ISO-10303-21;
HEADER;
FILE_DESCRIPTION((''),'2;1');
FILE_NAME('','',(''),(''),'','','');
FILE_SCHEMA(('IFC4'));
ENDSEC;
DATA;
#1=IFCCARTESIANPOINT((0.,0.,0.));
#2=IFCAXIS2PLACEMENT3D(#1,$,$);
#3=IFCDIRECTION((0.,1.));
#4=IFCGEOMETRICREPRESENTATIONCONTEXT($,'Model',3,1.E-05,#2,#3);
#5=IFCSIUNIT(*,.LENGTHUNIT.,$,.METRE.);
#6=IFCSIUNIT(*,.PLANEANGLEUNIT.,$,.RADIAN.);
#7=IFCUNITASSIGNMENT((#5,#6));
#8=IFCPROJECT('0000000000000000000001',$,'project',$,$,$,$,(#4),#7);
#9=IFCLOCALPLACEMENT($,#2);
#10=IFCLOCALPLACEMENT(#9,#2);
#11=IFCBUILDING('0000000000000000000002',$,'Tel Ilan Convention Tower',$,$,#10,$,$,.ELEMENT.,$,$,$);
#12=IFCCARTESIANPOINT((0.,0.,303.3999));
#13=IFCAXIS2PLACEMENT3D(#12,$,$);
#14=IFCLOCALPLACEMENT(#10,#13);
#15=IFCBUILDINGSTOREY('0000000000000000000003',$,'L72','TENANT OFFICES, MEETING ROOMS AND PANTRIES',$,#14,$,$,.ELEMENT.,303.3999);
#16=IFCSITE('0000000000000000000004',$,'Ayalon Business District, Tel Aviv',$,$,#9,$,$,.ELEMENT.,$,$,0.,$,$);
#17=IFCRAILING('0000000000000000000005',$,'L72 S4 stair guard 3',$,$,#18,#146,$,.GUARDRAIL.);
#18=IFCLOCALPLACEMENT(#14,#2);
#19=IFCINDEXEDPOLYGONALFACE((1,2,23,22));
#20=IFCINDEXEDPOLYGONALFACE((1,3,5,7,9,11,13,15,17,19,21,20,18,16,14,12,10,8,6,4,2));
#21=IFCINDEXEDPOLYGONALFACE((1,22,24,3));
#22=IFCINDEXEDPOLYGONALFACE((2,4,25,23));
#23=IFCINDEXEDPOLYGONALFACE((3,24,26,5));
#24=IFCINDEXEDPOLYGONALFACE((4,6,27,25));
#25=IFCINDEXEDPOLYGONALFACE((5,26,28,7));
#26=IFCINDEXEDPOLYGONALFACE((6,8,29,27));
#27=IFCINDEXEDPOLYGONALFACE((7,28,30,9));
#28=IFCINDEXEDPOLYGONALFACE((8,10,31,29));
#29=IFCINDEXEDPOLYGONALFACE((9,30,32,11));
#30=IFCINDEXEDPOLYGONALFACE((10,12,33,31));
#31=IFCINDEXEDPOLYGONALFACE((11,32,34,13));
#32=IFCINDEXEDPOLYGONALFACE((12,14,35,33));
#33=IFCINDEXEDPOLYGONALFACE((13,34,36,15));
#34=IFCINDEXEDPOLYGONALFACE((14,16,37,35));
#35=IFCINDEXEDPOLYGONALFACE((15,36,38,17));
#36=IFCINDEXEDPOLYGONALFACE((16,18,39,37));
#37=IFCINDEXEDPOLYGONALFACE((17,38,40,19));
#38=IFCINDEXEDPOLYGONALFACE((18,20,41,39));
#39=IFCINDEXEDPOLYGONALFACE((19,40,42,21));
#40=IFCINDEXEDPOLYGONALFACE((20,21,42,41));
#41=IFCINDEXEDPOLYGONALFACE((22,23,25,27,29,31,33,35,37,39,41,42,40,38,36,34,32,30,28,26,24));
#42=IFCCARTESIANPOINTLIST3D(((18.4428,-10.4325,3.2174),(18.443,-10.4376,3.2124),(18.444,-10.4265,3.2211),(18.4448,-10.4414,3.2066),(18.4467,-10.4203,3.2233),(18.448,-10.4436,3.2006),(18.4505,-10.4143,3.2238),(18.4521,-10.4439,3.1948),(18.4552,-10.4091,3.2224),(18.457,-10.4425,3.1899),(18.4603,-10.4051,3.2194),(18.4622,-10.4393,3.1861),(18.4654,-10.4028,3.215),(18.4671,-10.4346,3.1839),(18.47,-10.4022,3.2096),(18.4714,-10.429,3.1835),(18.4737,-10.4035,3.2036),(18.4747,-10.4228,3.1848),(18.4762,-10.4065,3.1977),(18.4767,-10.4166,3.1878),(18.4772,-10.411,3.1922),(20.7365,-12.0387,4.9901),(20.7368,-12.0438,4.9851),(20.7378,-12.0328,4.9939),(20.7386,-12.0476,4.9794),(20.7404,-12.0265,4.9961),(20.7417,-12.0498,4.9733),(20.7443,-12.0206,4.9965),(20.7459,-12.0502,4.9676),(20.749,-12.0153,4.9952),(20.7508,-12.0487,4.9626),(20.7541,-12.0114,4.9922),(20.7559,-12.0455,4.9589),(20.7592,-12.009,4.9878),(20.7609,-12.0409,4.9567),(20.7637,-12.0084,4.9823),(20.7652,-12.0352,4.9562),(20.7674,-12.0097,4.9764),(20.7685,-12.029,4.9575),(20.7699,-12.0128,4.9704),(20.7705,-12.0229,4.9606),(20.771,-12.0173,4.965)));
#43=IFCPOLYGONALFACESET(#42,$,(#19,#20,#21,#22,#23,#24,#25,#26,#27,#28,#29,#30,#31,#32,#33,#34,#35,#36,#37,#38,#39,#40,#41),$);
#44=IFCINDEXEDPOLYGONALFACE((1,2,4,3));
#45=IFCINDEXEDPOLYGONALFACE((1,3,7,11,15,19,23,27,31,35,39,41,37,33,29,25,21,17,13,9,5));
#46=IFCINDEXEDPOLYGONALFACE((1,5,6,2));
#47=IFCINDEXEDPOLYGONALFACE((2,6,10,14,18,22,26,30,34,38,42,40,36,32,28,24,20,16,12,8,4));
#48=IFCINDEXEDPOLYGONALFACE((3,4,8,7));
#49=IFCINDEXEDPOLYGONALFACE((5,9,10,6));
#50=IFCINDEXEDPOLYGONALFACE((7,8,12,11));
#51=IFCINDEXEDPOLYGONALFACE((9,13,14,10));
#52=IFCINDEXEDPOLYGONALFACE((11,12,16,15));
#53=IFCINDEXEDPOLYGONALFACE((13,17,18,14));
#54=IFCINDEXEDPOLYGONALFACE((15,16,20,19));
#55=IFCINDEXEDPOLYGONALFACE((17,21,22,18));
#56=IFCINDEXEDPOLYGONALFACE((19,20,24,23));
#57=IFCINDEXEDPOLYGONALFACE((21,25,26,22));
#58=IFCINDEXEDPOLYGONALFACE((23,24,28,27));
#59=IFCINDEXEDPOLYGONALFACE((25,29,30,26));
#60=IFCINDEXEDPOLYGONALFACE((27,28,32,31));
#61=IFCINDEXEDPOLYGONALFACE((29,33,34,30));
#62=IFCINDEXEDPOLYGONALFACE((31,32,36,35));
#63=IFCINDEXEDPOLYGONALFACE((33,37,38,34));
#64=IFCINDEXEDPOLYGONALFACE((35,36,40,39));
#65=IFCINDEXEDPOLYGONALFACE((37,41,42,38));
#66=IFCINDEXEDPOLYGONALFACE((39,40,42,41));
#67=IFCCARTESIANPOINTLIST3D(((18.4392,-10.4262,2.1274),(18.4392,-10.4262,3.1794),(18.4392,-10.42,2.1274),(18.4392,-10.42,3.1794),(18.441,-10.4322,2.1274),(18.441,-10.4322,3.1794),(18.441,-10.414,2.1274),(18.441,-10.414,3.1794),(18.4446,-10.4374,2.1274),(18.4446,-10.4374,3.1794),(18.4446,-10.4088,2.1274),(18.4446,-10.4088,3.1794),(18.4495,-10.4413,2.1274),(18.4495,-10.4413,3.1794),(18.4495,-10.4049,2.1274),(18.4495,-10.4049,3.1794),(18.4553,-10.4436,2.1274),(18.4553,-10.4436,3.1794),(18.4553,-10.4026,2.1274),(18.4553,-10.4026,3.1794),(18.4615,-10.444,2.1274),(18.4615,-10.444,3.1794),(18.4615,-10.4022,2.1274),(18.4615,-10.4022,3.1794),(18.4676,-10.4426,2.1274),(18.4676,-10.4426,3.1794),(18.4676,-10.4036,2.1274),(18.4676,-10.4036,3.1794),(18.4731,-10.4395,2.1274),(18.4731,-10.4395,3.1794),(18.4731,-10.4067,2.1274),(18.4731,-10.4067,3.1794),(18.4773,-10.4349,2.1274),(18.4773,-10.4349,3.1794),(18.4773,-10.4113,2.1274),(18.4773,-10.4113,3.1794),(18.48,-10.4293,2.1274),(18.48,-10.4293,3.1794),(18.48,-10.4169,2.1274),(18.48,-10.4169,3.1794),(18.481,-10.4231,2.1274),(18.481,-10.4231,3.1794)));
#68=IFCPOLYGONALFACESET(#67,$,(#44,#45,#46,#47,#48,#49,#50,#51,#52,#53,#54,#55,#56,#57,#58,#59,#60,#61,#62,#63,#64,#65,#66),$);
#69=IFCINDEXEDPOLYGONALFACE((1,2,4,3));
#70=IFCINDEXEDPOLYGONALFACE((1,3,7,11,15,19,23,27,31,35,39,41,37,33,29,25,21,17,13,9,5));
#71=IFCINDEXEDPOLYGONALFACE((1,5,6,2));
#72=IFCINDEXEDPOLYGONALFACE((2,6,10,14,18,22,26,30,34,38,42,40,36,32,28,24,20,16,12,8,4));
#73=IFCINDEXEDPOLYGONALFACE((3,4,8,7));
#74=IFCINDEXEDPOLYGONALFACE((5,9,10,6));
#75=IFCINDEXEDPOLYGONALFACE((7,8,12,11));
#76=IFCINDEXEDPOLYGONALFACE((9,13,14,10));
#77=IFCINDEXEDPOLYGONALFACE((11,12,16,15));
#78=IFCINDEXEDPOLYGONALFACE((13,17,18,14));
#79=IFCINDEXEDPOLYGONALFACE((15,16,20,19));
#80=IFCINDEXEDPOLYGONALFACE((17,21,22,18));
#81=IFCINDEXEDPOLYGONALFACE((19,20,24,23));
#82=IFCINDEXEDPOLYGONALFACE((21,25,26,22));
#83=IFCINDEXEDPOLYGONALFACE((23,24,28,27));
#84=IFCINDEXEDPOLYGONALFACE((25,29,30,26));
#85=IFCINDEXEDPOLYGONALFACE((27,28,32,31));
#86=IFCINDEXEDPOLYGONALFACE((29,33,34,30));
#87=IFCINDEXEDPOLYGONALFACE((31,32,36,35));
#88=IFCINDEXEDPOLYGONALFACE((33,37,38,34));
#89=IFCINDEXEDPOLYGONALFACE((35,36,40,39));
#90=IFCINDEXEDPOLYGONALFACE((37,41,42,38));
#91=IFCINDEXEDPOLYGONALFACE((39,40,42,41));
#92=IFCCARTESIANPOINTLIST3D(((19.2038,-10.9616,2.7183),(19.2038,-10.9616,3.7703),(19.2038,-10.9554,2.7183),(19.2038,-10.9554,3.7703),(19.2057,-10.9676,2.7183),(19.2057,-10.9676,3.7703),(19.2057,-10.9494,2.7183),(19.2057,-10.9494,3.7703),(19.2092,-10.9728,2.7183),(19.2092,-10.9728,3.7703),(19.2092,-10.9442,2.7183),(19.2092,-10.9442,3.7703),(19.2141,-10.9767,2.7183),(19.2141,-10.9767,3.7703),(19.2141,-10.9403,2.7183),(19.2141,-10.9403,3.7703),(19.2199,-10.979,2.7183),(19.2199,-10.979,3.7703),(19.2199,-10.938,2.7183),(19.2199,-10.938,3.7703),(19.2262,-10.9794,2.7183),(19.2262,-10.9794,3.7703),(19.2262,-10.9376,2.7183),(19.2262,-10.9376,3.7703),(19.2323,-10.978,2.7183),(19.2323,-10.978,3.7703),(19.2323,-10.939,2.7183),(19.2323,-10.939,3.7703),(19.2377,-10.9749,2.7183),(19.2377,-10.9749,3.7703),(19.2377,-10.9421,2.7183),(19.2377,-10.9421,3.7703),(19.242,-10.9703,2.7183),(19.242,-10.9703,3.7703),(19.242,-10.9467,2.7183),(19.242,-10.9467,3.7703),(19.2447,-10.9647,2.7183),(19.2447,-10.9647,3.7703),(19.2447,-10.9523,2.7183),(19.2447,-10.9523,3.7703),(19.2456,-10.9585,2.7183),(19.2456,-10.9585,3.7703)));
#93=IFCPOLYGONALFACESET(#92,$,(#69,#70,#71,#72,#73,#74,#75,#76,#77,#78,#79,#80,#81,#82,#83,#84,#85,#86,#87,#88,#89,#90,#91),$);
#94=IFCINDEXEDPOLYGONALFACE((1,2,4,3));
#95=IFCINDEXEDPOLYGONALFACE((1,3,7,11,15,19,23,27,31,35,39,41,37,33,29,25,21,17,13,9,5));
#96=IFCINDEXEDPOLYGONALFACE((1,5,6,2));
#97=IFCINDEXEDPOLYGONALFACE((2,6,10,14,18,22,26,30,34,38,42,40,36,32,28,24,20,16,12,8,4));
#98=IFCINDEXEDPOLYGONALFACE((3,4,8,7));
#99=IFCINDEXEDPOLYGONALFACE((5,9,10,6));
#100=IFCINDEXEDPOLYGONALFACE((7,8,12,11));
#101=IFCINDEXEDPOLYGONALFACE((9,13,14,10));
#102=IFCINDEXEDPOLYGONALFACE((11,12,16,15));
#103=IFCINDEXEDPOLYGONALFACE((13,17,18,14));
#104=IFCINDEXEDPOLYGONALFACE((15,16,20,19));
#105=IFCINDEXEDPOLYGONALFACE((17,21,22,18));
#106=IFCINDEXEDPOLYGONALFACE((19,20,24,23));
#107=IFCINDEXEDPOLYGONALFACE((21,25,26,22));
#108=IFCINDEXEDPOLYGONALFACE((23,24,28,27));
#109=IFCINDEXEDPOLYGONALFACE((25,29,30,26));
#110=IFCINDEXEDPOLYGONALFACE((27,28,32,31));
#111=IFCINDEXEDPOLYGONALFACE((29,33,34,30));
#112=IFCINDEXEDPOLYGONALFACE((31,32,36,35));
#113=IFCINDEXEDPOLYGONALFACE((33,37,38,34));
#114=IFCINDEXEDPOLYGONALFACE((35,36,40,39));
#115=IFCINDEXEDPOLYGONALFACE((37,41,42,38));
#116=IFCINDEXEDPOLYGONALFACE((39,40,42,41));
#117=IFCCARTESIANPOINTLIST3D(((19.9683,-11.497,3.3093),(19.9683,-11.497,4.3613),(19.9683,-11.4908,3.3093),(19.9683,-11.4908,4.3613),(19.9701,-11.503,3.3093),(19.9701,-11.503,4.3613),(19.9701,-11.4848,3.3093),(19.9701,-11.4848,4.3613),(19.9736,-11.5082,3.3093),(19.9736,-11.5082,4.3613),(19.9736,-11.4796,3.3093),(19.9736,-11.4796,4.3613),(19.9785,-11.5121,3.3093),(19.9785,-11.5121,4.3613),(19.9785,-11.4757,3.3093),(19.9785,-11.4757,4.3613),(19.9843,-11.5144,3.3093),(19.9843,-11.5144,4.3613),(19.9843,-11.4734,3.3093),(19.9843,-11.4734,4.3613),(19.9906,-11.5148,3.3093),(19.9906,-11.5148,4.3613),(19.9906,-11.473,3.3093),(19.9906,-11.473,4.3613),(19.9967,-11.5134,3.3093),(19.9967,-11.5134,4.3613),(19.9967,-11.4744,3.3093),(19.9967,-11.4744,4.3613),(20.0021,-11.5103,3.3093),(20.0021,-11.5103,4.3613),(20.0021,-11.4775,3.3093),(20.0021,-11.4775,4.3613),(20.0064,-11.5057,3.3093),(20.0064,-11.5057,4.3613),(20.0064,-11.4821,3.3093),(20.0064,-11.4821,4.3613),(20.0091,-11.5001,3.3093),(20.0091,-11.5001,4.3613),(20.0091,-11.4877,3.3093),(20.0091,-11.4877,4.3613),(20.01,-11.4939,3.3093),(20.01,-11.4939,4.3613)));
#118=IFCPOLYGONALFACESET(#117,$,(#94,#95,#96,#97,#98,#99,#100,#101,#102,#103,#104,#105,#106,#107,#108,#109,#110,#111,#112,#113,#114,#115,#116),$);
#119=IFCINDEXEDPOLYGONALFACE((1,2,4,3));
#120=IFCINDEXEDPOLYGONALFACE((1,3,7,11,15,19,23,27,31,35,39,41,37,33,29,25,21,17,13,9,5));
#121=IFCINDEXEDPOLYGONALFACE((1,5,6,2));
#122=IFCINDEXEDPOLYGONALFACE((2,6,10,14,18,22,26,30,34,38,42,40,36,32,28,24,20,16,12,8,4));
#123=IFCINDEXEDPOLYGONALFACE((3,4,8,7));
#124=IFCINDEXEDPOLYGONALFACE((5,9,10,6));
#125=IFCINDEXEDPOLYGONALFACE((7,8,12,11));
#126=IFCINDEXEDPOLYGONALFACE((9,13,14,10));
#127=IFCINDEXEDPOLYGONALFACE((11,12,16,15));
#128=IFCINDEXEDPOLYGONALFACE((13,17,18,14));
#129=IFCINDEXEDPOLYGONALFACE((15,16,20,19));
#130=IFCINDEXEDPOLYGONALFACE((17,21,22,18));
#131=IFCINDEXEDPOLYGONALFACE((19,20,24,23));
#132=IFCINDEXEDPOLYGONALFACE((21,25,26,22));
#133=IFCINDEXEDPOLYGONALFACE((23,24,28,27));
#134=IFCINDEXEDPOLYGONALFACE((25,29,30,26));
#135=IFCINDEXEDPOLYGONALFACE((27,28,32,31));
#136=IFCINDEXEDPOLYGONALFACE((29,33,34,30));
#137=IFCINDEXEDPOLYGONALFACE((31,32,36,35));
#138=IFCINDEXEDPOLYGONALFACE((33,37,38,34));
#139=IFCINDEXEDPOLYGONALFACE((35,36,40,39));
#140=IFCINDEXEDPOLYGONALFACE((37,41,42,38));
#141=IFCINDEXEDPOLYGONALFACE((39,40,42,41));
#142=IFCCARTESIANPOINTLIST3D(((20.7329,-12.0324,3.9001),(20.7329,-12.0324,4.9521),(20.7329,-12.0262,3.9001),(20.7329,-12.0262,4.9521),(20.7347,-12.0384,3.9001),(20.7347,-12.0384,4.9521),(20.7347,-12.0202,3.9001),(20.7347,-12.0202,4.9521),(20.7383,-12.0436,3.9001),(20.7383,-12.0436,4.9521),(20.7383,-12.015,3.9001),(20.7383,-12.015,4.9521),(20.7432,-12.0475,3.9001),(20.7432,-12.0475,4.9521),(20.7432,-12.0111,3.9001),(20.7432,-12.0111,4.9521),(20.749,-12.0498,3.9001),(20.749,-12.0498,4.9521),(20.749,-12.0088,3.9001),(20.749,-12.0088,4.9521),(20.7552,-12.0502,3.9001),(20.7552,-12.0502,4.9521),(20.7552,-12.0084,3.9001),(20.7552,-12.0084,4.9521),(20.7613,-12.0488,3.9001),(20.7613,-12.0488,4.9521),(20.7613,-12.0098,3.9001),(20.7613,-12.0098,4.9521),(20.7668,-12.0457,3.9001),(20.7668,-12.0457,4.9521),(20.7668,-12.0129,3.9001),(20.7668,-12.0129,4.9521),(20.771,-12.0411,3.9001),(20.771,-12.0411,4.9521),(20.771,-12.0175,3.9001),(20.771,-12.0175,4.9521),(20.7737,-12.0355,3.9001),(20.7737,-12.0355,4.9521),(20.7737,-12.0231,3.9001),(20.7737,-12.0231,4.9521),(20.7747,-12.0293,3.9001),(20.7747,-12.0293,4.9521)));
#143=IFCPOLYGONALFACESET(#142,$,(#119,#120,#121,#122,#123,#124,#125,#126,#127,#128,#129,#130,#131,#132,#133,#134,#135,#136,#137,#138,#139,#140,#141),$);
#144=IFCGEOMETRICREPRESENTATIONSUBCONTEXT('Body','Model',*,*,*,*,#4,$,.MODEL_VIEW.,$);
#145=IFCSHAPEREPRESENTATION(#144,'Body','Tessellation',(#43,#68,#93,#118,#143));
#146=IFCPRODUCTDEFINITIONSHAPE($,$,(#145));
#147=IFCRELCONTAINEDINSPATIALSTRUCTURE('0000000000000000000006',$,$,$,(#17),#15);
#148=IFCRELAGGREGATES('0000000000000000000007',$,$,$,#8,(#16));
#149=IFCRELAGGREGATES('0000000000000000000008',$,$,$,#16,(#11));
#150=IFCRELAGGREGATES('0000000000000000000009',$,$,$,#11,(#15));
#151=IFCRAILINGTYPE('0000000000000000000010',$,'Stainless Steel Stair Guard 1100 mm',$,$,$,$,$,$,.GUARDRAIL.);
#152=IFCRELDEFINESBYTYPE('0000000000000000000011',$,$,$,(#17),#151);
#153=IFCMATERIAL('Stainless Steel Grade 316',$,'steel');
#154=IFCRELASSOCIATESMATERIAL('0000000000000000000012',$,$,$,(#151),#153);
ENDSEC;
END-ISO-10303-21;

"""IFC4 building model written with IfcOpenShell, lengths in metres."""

from ifc_helpers import new_model, si_unit, direction, frame, origin, origin_2d, place, context, subcontext, project, spatial, circle, extrude, material, type_object, element, save


model = new_model("IFC4")

# Units and contexts
model_context = context("Model", 3, precision=1e-05, world=origin(), true_north=direction((0.0, 1.0)))
body_context = subcontext(model_context, "Body", "Model", "MODEL_VIEW")
ifc_project = project(units=[si_unit("LENGTHUNIT", "METRE"), si_unit("PLANEANGLEUNIT", "RADIAN")], contexts=[model_context])

# Site, building, storey
site_placement = place(None, origin())
site = spatial("IfcSite", under=ifc_project, at=site_placement, Name="Ayalon Business District, Tel Aviv", CompositionType="ELEMENT", RefElevation=0.0)
building_placement = place(site_placement, origin())
building = spatial("IfcBuilding", under=site, at=building_placement, Name="Tel Ilan Convention Tower", CompositionType="ELEMENT")
storey_placement = place(building_placement, frame((0.0, 0.0, 303.3999)))
storey = spatial("IfcBuildingStorey", under=building, at=storey_placement, Name="L72", Description="TENANT OFFICES, MEETING ROOMS AND PANTRIES", CompositionType="ELEMENT", Elevation=303.3999)

# Railing
ifc_material_1 = material(Name="Stainless Steel Grade 316", Category="steel")
railing_type_1 = type_object("IfcRailingType", Name="Stainless Steel Stair Guard 1100 mm", PredefinedType="GUARDRAIL", material=ifc_material_1)
railing_1_placement = place(storey_placement, frame((18.46, -10.4231, 2.1274)))
element("IfcRailing", 1, at=railing_1_placement, inside=storey, type_object=railing_type_1, Name="L72 S4 stair guard 3", PredefinedType="GUARDRAIL", context=body_context, shape_type="SweptSolid", body=[
    extrude(circle(Radius=0.0239, at=origin_2d()), frame((0.0, 0.0, 1.0762), z_axis=(0.692098, -0.484653, 0.534894), x_axis=(0.573609, 0.81913, 0.0)), (0.0, 0.0, 1.0), 3.3142),
    extrude(circle(Radius=0.021, at=origin_2d()), origin(), (0.0, 0.0, 1.0), 1.052),
    extrude(circle(Radius=0.021, at=origin_2d()), frame((0.7646, -0.5354, 0.5908)), (0.0, 0.0, 1.0), 1.052),
    extrude(circle(Radius=0.021, at=origin_2d()), frame((1.5291, -1.0708, 1.1819)), (0.0, 0.0, 1.0), 1.052),
    extrude(circle(Radius=0.021, at=origin_2d()), frame((2.2937, -1.6062, 1.7727)), (0.0, 0.0, 1.0), 1.052),
])

save(model, "model.ifc")
